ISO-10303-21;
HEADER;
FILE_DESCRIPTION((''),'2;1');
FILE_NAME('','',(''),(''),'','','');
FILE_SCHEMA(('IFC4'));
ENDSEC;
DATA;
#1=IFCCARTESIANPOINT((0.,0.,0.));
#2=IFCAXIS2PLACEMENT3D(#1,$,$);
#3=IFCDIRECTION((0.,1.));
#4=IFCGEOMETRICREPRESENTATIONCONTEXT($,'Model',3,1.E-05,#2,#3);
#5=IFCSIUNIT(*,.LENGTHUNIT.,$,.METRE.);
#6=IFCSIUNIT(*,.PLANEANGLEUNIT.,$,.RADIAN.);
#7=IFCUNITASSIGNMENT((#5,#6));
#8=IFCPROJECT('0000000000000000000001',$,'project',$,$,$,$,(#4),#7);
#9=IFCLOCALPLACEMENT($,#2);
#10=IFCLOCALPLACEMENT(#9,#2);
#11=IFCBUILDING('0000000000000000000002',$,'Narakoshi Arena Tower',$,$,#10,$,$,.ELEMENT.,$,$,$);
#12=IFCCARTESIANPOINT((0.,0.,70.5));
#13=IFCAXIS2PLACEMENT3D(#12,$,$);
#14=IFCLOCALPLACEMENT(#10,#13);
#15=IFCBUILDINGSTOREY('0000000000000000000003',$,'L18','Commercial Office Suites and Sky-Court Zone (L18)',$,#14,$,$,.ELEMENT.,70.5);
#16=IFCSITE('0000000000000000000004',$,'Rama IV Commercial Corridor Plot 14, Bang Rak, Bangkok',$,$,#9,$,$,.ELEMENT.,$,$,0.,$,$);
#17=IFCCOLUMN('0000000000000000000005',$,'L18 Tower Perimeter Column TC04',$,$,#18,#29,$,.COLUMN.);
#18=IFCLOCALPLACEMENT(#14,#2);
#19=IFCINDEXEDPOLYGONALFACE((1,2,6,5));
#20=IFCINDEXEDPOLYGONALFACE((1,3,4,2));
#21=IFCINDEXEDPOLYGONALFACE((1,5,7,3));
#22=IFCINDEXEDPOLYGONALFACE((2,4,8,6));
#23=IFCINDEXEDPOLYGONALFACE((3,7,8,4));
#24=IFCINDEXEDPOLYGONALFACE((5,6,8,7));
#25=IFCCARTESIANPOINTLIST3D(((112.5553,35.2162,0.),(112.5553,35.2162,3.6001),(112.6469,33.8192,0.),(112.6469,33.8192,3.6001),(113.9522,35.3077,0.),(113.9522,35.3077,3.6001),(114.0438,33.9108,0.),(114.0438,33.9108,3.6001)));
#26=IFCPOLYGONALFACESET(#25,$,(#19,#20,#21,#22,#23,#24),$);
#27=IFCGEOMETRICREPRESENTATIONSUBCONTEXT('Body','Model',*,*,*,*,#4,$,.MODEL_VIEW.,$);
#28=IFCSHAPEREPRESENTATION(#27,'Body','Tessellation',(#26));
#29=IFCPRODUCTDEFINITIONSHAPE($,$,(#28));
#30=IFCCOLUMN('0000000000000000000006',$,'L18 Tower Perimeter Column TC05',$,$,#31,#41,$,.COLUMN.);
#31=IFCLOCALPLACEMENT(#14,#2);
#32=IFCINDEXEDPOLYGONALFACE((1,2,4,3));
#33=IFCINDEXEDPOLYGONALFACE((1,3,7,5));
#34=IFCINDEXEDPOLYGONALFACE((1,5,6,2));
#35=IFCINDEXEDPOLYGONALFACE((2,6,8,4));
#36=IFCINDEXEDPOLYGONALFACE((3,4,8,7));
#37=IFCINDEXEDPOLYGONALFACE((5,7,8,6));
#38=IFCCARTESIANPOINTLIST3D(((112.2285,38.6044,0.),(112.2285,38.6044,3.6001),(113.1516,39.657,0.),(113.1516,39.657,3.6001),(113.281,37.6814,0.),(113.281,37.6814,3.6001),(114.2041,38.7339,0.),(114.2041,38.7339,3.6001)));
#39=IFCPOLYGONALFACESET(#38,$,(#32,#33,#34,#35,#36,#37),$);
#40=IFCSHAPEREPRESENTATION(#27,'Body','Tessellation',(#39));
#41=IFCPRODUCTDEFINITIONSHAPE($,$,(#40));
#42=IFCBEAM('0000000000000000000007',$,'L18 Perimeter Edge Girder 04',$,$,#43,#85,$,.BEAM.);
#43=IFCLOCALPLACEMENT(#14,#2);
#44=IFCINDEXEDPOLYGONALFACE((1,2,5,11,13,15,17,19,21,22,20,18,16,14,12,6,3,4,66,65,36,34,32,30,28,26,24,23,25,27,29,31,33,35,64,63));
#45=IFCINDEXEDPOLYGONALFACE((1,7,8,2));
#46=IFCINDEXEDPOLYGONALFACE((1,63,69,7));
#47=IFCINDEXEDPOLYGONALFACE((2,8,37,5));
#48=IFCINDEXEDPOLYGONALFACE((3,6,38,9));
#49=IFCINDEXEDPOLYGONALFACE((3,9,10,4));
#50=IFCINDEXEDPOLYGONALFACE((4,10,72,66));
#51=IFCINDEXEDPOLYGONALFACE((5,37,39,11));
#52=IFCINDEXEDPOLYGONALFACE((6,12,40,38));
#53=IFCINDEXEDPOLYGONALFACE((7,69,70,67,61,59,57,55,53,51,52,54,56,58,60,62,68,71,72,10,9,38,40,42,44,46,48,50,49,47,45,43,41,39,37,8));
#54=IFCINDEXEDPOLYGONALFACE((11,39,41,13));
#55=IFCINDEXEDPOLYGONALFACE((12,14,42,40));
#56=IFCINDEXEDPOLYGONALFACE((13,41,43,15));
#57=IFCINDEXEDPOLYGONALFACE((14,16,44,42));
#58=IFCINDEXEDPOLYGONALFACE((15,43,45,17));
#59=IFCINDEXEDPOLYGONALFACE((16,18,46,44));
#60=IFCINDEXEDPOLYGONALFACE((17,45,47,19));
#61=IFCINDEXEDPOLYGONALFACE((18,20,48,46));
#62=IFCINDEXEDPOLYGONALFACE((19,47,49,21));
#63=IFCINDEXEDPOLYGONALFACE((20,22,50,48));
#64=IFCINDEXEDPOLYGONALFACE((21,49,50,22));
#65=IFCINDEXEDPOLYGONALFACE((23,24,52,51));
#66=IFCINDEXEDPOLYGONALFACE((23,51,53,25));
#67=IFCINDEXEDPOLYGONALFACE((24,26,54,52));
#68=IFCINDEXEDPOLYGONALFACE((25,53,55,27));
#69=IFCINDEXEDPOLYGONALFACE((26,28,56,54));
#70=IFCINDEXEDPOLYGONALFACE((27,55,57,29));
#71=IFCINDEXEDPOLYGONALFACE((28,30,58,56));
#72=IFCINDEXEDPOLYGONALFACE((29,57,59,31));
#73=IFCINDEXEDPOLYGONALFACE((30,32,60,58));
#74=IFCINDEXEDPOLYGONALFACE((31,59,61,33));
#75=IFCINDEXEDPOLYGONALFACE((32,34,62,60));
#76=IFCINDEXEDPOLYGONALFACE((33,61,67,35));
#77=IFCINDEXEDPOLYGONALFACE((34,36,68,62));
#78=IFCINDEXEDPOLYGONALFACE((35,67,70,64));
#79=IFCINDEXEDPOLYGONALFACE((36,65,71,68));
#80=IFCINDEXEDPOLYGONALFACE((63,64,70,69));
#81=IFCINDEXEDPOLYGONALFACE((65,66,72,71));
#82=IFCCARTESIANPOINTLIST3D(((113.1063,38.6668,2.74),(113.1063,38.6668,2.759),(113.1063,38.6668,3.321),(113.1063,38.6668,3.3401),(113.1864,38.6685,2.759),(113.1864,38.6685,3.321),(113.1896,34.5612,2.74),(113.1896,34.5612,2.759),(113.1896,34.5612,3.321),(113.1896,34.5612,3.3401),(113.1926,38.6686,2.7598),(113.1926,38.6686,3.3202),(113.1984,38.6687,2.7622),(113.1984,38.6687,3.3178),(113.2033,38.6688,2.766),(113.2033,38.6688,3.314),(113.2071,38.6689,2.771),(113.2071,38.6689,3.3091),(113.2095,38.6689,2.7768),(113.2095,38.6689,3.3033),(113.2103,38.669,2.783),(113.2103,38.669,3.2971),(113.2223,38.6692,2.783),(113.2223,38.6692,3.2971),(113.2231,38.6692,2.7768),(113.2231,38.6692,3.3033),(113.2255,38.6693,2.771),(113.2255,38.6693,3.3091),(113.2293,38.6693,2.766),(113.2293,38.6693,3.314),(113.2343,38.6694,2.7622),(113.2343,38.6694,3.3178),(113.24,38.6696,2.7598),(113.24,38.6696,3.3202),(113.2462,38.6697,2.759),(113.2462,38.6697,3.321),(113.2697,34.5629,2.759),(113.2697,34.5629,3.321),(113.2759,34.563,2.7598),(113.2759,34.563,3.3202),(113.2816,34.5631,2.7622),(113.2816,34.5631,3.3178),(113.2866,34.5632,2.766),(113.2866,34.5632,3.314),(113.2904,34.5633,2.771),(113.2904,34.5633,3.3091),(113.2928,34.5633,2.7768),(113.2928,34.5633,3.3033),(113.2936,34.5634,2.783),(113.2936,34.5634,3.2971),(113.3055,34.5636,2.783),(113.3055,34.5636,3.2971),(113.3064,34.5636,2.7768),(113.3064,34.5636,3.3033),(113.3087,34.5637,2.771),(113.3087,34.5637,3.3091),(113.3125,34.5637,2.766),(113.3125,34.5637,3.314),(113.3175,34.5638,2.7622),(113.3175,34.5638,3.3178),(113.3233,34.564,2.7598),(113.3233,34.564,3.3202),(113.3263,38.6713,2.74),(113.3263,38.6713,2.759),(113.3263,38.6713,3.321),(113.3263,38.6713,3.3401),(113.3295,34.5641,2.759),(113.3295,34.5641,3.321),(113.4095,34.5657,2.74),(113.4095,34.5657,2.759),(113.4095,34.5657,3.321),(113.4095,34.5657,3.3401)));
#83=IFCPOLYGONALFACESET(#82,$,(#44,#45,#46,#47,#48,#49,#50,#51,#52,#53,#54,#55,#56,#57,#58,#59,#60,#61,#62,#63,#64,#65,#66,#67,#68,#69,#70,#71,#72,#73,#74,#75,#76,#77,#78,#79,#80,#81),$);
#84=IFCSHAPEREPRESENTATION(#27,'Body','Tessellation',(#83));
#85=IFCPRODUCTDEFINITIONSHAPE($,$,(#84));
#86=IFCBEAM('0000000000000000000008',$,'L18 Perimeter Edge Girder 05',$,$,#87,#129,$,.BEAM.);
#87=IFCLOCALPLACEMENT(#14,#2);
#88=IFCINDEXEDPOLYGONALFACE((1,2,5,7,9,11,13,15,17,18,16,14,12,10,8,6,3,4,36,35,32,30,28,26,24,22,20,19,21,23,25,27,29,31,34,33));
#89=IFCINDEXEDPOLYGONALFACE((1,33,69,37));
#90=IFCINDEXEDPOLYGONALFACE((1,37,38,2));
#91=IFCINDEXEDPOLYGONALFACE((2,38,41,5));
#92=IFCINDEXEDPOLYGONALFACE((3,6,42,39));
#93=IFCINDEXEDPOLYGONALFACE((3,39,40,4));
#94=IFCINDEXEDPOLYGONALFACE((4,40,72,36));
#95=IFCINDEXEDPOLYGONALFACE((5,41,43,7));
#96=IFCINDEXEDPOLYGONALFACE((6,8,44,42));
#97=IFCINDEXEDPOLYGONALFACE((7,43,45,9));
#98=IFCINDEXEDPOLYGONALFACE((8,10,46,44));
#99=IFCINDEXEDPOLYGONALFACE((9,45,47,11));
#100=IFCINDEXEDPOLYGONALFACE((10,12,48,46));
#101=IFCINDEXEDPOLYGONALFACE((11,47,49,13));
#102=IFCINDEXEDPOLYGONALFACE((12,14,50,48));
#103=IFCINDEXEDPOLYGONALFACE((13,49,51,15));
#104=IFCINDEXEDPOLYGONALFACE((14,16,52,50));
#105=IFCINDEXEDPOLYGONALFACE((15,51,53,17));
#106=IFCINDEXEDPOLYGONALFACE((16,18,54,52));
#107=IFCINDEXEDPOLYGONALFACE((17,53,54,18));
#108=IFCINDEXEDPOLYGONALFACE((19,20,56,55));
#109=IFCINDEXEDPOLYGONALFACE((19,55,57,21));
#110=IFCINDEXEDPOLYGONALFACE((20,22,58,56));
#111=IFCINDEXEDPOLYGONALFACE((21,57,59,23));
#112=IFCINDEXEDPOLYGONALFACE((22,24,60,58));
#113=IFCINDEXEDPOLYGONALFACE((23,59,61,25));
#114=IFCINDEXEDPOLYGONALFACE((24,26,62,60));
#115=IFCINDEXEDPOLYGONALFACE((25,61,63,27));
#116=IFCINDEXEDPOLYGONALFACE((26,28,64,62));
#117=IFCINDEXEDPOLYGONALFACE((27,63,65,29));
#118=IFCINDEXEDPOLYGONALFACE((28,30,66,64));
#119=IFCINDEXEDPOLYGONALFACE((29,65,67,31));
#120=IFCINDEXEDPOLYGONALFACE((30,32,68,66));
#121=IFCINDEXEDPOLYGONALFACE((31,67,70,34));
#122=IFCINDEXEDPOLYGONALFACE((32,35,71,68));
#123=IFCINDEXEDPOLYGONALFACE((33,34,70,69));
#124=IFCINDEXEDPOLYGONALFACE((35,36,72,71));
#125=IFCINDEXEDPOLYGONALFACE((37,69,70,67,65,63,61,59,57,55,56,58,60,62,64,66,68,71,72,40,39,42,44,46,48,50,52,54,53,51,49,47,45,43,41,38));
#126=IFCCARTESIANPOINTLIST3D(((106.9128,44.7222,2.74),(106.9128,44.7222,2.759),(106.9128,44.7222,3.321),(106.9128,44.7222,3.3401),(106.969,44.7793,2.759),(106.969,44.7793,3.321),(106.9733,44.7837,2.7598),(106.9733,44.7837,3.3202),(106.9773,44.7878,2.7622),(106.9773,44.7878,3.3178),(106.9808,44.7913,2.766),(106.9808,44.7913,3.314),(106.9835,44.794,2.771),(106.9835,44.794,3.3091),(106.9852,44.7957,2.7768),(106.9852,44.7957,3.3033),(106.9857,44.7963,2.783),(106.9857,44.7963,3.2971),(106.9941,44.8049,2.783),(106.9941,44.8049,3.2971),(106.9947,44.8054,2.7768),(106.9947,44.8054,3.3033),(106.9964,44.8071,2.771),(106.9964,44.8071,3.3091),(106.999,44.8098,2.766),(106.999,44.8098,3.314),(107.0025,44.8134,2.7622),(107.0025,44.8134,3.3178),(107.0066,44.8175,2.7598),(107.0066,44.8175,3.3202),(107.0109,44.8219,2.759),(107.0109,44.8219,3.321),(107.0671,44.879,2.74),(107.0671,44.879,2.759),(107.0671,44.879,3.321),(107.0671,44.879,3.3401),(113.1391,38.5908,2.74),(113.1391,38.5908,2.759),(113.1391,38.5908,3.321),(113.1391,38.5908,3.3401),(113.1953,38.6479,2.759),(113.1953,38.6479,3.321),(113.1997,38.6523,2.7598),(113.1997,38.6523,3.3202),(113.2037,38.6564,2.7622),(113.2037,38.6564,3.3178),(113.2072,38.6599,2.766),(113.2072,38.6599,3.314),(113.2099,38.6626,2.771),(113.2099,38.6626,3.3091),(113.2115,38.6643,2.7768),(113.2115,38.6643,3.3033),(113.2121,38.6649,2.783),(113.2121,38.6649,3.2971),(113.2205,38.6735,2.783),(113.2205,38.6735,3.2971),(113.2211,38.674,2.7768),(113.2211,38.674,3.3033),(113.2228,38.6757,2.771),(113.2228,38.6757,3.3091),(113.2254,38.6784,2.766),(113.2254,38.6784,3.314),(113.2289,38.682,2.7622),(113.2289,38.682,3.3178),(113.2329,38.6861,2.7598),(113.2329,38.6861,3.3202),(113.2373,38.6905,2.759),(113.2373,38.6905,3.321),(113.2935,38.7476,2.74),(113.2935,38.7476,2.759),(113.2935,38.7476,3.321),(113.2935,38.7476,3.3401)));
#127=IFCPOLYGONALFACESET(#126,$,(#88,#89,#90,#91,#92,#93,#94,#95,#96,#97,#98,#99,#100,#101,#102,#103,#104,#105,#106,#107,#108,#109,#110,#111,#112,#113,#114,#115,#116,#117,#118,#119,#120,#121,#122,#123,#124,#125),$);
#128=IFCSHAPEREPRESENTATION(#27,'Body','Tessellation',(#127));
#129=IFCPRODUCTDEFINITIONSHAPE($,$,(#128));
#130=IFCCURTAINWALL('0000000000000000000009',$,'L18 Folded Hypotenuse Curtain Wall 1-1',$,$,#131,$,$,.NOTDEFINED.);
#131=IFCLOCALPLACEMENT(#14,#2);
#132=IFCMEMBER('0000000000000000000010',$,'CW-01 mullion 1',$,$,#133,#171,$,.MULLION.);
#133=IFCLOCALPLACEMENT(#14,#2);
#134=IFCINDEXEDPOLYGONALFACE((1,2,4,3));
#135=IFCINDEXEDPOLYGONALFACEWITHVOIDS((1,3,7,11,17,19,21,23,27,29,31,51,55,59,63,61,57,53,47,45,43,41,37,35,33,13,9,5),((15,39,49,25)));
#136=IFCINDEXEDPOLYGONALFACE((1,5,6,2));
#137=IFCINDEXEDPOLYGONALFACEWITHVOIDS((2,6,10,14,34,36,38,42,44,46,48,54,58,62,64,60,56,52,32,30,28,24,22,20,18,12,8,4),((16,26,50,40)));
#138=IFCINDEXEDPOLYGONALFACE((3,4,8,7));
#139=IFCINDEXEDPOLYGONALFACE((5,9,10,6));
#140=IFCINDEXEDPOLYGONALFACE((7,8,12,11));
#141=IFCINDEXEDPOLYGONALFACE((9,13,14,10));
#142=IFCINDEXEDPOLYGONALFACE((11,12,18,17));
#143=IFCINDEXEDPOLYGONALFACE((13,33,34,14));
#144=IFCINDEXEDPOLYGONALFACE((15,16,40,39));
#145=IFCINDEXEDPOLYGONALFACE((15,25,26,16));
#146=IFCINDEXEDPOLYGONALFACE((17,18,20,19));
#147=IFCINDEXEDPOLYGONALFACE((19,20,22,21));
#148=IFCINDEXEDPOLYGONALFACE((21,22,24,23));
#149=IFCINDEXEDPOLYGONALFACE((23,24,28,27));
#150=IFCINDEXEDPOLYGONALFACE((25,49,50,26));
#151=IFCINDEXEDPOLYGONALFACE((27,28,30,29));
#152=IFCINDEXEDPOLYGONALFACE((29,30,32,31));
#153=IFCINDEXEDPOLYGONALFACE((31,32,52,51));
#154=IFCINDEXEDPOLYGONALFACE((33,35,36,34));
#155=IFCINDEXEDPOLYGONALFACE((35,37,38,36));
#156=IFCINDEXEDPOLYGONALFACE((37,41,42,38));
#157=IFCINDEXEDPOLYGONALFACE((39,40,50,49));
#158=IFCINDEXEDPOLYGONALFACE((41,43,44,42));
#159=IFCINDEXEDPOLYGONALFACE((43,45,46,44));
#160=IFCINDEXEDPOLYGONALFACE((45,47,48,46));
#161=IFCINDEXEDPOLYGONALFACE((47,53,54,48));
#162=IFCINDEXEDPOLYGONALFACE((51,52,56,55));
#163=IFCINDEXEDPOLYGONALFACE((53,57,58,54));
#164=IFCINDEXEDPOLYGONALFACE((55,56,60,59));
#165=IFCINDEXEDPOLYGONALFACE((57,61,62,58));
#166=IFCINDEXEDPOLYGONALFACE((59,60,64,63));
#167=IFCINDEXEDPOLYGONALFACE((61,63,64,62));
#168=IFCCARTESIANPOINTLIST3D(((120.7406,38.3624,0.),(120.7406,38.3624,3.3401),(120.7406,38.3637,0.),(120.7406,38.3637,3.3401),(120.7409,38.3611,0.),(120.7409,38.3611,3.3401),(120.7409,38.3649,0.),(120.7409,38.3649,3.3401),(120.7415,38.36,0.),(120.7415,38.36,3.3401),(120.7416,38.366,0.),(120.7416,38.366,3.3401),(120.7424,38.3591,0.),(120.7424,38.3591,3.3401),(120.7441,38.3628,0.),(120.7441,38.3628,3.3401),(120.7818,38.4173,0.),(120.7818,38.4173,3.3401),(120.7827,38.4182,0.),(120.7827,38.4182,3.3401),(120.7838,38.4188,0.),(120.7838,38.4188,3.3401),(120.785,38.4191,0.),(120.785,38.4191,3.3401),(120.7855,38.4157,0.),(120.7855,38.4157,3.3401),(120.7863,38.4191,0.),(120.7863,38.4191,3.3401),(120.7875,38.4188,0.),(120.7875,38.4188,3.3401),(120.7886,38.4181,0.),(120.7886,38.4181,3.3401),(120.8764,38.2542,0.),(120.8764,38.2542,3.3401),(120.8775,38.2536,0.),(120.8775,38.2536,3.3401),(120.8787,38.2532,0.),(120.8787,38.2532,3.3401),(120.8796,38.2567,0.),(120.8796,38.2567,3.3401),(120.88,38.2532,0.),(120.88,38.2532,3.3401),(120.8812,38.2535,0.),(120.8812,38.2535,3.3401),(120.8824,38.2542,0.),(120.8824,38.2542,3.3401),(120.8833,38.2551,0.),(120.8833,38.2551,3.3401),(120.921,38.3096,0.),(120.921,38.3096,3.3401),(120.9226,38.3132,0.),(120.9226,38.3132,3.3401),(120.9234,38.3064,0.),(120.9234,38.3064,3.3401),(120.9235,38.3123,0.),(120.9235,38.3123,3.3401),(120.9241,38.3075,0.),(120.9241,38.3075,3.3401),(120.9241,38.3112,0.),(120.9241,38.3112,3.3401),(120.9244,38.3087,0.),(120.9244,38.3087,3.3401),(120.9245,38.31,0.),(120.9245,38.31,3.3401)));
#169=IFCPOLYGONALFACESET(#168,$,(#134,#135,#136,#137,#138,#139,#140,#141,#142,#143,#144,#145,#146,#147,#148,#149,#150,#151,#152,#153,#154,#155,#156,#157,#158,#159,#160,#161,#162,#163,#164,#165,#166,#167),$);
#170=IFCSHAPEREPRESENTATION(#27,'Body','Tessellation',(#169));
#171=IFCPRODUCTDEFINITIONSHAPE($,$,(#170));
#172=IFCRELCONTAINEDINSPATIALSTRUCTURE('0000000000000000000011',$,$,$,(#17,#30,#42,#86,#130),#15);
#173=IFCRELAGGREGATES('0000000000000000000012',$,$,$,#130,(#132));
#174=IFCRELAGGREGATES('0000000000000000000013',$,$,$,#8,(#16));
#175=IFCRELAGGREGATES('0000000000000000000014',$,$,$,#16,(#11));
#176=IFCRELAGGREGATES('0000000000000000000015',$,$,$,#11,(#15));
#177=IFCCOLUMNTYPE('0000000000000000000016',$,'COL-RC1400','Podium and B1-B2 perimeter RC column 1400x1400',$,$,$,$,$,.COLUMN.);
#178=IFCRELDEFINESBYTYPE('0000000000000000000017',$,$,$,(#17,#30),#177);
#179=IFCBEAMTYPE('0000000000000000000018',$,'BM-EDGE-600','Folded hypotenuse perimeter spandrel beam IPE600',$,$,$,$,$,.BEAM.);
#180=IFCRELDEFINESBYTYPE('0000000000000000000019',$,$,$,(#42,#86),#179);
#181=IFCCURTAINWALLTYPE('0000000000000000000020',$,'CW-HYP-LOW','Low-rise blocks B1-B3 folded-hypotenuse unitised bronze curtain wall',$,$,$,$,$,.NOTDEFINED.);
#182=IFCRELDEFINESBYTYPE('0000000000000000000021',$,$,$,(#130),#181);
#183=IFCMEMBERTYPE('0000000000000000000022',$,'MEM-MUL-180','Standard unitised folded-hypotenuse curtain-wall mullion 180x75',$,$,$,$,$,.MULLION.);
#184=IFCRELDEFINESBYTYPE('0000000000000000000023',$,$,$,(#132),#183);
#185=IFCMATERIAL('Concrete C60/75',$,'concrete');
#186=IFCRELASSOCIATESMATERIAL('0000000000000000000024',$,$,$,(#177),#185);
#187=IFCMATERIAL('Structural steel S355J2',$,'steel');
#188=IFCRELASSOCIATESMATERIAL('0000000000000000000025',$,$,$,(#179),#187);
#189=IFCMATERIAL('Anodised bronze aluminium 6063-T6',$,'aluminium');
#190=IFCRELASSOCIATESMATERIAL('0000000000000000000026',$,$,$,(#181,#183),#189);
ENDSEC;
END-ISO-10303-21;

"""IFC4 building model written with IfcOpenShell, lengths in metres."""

from ifc_helpers import new_model, si_unit, direction, frame, origin, origin_2d, place, context, subcontext, project, spatial, rectangle, hollow_rectangle, i_section, extrude, material, material_profile, profile_set, type_object, element, aggregate, save


model = new_model("IFC4")

# Units and contexts
model_context = context("Model", 3, precision=1e-05, world=origin(), true_north=direction((0.0, 1.0)))
body_context = subcontext(model_context, "Body", "Model", "MODEL_VIEW")
ifc_project = project(units=[si_unit("LENGTHUNIT", "METRE"), si_unit("PLANEANGLEUNIT", "RADIAN")], contexts=[model_context])

# Site, building, storey
site_placement = place(None, origin())
site = spatial("IfcSite", under=ifc_project, at=site_placement, Name="Rama IV Commercial Corridor Plot 14, Bang Rak, Bangkok", CompositionType="ELEMENT", RefElevation=0.0)
building_placement = place(site_placement, origin())
building = spatial("IfcBuilding", under=site, at=building_placement, Name="Narakoshi Arena Tower", CompositionType="ELEMENT")
storey_placement = place(building_placement, frame((0.0, 0.0, 70.5)))
storey = spatial("IfcBuildingStorey", under=building, at=storey_placement, Name="L18", Description="Commercial Office Suites and Sky-Court Zone (L18)", CompositionType="ELEMENT", Elevation=70.5)

# Columns
ifc_material_1 = material(Name="Concrete C60/75", Category="concrete")
ifc_material_profile_1 = material_profile(ifc_material_1, rectangle(XDim=1.3999, YDim=1.3999, at=origin_2d()), Name="RC1400x1400")
ifc_profile_set_1 = profile_set([ifc_material_profile_1], Name="Concrete C60/75")
column_type = type_object("IfcColumnType", Name="COL-RC1400", Description="Podium and B1-B2 perimeter RC column 1400x1400", PredefinedType="COLUMN", material=ifc_profile_set_1)
for number, where, z_axis, x_axis, name in (
    (1, (113.2996, 34.5635, 0.0), (0.0, 0.0, 1.0), (0.997859, 0.065403, 0.0), "L18 Tower Perimeter Column TC04"),
    (2, (113.2163, 38.6692, 0.0), (0.0, 0.0, 1.0), (0.659346, 0.75184, 0.0), "L18 Tower Perimeter Column TC05"),
):
    element("IfcColumn", number, at=place(storey_placement, frame(where, z_axis=z_axis, x_axis=x_axis)), inside=storey, type_object=column_type, Name=name, PredefinedType="COLUMN", context=body_context, shape_type="SweptSolid", body=[
        extrude(rectangle(XDim=1.3999, YDim=1.3999, at=origin_2d()), origin(), (0.0, 0.0, 1.0), 3.6001),
    ])

# Beams
ifc_material_2 = material(Name="Structural steel S355J2", Category="steel")
ifc_material_profile_2 = material_profile(ifc_material_2, i_section(OverallWidth=0.22, OverallDepth=0.6001, WebThickness=0.012, FlangeThickness=0.019, FilletRadius=0.0239, at=origin_2d()), Name="IPE600")
ifc_profile_set_2 = profile_set([ifc_material_profile_2], Name="Structural steel S355J2")
beam_type = type_object("IfcBeamType", Name="BM-EDGE-600", Description="Folded hypotenuse perimeter spandrel beam IPE600", PredefinedType="BEAM", material=ifc_profile_set_2)
beam_1_placement = place(storey_placement, frame((113.2996, 34.5635, 3.04), z_axis=(-0.020273, 0.999794, 0.0), x_axis=(-0.999794, -0.020273, 0.0)))
element("IfcBeam", 3, at=beam_1_placement, inside=storey, type_object=beam_type, Name="L18 Perimeter Edge Girder 04", PredefinedType="BEAM", context=body_context, shape_type="SweptSolid", body=[
    extrude(i_section(OverallWidth=0.22, OverallDepth=0.6001, WebThickness=0.012, FlangeThickness=0.019, FilletRadius=0.0239, at=origin_2d()), origin(), (0.0, 0.0, 1.0), 4.1064),
])
beam_2_placement = place(storey_placement, frame((113.2163, 38.6692, 3.04), z_axis=(-0.71252, 0.701652, 0.0), x_axis=(-0.701652, -0.71252, 0.0)))
element("IfcBeam", 4, at=beam_2_placement, inside=storey, type_object=beam_type, Name="L18 Perimeter Edge Girder 05", PredefinedType="BEAM", context=body_context, shape_type="SweptSolid", body=[
    extrude(i_section(OverallWidth=0.22, OverallDepth=0.6001, WebThickness=0.012, FlangeThickness=0.019, FilletRadius=0.0239, at=origin_2d()), origin(), (0.0, 0.0, 1.0), 8.7385),
])

# Curtain wall, member
ifc_material_3 = material(Name="Anodised bronze aluminium 6063-T6", Category="aluminium")
curtain_wall_type = type_object("IfcCurtainWallType", Name="CW-HYP-LOW", Description="Low-rise blocks B1-B3 folded-hypotenuse unitised bronze curtain wall", PredefinedType="NOTDEFINED", material=ifc_material_3)
curtain_wall_placement = place(storey_placement, origin())
curtain_wall = element("IfcCurtainWall", 5, at=curtain_wall_placement, inside=storey, type_object=curtain_wall_type, Name="L18 Folded Hypotenuse Curtain Wall 1-1", PredefinedType="NOTDEFINED")
ifc_material_profile_3 = material_profile(ifc_material_3, hollow_rectangle(XDim=0.075, YDim=0.1799, WallThickness=0.0039, OuterFilletRadius=0.0049, at=origin_2d()), Name="MUL180x75x4")
ifc_profile_set_3 = profile_set([ifc_material_profile_3], Name="Anodised bronze aluminium 6063-T6")
member_type_1 = type_object("IfcMemberType", Name="MEM-MUL-180", Description="Standard unitised folded-hypotenuse curtain-wall mullion 180x75", PredefinedType="MULLION", material=ifc_profile_set_3)
member_1_placement = place(storey_placement, frame((120.8325, 38.3362, 0.0), z_axis=(0.0, 0.0, 1.0), x_axis=(-0.616458, -0.787388, 0.0)))
member_1 = element("IfcMember", 6, at=member_1_placement, type_object=member_type_1, Name="CW-01 mullion 1", PredefinedType="MULLION", context=body_context, shape_type="SweptSolid", body=[
    extrude(hollow_rectangle(XDim=0.075, YDim=0.1799, WallThickness=0.0039, OuterFilletRadius=0.0049, at=origin_2d()), origin(), (0.0, 0.0, 1.0), 3.3401),
])
aggregate(curtain_wall, [member_1])

save(model, "model.ifc")
